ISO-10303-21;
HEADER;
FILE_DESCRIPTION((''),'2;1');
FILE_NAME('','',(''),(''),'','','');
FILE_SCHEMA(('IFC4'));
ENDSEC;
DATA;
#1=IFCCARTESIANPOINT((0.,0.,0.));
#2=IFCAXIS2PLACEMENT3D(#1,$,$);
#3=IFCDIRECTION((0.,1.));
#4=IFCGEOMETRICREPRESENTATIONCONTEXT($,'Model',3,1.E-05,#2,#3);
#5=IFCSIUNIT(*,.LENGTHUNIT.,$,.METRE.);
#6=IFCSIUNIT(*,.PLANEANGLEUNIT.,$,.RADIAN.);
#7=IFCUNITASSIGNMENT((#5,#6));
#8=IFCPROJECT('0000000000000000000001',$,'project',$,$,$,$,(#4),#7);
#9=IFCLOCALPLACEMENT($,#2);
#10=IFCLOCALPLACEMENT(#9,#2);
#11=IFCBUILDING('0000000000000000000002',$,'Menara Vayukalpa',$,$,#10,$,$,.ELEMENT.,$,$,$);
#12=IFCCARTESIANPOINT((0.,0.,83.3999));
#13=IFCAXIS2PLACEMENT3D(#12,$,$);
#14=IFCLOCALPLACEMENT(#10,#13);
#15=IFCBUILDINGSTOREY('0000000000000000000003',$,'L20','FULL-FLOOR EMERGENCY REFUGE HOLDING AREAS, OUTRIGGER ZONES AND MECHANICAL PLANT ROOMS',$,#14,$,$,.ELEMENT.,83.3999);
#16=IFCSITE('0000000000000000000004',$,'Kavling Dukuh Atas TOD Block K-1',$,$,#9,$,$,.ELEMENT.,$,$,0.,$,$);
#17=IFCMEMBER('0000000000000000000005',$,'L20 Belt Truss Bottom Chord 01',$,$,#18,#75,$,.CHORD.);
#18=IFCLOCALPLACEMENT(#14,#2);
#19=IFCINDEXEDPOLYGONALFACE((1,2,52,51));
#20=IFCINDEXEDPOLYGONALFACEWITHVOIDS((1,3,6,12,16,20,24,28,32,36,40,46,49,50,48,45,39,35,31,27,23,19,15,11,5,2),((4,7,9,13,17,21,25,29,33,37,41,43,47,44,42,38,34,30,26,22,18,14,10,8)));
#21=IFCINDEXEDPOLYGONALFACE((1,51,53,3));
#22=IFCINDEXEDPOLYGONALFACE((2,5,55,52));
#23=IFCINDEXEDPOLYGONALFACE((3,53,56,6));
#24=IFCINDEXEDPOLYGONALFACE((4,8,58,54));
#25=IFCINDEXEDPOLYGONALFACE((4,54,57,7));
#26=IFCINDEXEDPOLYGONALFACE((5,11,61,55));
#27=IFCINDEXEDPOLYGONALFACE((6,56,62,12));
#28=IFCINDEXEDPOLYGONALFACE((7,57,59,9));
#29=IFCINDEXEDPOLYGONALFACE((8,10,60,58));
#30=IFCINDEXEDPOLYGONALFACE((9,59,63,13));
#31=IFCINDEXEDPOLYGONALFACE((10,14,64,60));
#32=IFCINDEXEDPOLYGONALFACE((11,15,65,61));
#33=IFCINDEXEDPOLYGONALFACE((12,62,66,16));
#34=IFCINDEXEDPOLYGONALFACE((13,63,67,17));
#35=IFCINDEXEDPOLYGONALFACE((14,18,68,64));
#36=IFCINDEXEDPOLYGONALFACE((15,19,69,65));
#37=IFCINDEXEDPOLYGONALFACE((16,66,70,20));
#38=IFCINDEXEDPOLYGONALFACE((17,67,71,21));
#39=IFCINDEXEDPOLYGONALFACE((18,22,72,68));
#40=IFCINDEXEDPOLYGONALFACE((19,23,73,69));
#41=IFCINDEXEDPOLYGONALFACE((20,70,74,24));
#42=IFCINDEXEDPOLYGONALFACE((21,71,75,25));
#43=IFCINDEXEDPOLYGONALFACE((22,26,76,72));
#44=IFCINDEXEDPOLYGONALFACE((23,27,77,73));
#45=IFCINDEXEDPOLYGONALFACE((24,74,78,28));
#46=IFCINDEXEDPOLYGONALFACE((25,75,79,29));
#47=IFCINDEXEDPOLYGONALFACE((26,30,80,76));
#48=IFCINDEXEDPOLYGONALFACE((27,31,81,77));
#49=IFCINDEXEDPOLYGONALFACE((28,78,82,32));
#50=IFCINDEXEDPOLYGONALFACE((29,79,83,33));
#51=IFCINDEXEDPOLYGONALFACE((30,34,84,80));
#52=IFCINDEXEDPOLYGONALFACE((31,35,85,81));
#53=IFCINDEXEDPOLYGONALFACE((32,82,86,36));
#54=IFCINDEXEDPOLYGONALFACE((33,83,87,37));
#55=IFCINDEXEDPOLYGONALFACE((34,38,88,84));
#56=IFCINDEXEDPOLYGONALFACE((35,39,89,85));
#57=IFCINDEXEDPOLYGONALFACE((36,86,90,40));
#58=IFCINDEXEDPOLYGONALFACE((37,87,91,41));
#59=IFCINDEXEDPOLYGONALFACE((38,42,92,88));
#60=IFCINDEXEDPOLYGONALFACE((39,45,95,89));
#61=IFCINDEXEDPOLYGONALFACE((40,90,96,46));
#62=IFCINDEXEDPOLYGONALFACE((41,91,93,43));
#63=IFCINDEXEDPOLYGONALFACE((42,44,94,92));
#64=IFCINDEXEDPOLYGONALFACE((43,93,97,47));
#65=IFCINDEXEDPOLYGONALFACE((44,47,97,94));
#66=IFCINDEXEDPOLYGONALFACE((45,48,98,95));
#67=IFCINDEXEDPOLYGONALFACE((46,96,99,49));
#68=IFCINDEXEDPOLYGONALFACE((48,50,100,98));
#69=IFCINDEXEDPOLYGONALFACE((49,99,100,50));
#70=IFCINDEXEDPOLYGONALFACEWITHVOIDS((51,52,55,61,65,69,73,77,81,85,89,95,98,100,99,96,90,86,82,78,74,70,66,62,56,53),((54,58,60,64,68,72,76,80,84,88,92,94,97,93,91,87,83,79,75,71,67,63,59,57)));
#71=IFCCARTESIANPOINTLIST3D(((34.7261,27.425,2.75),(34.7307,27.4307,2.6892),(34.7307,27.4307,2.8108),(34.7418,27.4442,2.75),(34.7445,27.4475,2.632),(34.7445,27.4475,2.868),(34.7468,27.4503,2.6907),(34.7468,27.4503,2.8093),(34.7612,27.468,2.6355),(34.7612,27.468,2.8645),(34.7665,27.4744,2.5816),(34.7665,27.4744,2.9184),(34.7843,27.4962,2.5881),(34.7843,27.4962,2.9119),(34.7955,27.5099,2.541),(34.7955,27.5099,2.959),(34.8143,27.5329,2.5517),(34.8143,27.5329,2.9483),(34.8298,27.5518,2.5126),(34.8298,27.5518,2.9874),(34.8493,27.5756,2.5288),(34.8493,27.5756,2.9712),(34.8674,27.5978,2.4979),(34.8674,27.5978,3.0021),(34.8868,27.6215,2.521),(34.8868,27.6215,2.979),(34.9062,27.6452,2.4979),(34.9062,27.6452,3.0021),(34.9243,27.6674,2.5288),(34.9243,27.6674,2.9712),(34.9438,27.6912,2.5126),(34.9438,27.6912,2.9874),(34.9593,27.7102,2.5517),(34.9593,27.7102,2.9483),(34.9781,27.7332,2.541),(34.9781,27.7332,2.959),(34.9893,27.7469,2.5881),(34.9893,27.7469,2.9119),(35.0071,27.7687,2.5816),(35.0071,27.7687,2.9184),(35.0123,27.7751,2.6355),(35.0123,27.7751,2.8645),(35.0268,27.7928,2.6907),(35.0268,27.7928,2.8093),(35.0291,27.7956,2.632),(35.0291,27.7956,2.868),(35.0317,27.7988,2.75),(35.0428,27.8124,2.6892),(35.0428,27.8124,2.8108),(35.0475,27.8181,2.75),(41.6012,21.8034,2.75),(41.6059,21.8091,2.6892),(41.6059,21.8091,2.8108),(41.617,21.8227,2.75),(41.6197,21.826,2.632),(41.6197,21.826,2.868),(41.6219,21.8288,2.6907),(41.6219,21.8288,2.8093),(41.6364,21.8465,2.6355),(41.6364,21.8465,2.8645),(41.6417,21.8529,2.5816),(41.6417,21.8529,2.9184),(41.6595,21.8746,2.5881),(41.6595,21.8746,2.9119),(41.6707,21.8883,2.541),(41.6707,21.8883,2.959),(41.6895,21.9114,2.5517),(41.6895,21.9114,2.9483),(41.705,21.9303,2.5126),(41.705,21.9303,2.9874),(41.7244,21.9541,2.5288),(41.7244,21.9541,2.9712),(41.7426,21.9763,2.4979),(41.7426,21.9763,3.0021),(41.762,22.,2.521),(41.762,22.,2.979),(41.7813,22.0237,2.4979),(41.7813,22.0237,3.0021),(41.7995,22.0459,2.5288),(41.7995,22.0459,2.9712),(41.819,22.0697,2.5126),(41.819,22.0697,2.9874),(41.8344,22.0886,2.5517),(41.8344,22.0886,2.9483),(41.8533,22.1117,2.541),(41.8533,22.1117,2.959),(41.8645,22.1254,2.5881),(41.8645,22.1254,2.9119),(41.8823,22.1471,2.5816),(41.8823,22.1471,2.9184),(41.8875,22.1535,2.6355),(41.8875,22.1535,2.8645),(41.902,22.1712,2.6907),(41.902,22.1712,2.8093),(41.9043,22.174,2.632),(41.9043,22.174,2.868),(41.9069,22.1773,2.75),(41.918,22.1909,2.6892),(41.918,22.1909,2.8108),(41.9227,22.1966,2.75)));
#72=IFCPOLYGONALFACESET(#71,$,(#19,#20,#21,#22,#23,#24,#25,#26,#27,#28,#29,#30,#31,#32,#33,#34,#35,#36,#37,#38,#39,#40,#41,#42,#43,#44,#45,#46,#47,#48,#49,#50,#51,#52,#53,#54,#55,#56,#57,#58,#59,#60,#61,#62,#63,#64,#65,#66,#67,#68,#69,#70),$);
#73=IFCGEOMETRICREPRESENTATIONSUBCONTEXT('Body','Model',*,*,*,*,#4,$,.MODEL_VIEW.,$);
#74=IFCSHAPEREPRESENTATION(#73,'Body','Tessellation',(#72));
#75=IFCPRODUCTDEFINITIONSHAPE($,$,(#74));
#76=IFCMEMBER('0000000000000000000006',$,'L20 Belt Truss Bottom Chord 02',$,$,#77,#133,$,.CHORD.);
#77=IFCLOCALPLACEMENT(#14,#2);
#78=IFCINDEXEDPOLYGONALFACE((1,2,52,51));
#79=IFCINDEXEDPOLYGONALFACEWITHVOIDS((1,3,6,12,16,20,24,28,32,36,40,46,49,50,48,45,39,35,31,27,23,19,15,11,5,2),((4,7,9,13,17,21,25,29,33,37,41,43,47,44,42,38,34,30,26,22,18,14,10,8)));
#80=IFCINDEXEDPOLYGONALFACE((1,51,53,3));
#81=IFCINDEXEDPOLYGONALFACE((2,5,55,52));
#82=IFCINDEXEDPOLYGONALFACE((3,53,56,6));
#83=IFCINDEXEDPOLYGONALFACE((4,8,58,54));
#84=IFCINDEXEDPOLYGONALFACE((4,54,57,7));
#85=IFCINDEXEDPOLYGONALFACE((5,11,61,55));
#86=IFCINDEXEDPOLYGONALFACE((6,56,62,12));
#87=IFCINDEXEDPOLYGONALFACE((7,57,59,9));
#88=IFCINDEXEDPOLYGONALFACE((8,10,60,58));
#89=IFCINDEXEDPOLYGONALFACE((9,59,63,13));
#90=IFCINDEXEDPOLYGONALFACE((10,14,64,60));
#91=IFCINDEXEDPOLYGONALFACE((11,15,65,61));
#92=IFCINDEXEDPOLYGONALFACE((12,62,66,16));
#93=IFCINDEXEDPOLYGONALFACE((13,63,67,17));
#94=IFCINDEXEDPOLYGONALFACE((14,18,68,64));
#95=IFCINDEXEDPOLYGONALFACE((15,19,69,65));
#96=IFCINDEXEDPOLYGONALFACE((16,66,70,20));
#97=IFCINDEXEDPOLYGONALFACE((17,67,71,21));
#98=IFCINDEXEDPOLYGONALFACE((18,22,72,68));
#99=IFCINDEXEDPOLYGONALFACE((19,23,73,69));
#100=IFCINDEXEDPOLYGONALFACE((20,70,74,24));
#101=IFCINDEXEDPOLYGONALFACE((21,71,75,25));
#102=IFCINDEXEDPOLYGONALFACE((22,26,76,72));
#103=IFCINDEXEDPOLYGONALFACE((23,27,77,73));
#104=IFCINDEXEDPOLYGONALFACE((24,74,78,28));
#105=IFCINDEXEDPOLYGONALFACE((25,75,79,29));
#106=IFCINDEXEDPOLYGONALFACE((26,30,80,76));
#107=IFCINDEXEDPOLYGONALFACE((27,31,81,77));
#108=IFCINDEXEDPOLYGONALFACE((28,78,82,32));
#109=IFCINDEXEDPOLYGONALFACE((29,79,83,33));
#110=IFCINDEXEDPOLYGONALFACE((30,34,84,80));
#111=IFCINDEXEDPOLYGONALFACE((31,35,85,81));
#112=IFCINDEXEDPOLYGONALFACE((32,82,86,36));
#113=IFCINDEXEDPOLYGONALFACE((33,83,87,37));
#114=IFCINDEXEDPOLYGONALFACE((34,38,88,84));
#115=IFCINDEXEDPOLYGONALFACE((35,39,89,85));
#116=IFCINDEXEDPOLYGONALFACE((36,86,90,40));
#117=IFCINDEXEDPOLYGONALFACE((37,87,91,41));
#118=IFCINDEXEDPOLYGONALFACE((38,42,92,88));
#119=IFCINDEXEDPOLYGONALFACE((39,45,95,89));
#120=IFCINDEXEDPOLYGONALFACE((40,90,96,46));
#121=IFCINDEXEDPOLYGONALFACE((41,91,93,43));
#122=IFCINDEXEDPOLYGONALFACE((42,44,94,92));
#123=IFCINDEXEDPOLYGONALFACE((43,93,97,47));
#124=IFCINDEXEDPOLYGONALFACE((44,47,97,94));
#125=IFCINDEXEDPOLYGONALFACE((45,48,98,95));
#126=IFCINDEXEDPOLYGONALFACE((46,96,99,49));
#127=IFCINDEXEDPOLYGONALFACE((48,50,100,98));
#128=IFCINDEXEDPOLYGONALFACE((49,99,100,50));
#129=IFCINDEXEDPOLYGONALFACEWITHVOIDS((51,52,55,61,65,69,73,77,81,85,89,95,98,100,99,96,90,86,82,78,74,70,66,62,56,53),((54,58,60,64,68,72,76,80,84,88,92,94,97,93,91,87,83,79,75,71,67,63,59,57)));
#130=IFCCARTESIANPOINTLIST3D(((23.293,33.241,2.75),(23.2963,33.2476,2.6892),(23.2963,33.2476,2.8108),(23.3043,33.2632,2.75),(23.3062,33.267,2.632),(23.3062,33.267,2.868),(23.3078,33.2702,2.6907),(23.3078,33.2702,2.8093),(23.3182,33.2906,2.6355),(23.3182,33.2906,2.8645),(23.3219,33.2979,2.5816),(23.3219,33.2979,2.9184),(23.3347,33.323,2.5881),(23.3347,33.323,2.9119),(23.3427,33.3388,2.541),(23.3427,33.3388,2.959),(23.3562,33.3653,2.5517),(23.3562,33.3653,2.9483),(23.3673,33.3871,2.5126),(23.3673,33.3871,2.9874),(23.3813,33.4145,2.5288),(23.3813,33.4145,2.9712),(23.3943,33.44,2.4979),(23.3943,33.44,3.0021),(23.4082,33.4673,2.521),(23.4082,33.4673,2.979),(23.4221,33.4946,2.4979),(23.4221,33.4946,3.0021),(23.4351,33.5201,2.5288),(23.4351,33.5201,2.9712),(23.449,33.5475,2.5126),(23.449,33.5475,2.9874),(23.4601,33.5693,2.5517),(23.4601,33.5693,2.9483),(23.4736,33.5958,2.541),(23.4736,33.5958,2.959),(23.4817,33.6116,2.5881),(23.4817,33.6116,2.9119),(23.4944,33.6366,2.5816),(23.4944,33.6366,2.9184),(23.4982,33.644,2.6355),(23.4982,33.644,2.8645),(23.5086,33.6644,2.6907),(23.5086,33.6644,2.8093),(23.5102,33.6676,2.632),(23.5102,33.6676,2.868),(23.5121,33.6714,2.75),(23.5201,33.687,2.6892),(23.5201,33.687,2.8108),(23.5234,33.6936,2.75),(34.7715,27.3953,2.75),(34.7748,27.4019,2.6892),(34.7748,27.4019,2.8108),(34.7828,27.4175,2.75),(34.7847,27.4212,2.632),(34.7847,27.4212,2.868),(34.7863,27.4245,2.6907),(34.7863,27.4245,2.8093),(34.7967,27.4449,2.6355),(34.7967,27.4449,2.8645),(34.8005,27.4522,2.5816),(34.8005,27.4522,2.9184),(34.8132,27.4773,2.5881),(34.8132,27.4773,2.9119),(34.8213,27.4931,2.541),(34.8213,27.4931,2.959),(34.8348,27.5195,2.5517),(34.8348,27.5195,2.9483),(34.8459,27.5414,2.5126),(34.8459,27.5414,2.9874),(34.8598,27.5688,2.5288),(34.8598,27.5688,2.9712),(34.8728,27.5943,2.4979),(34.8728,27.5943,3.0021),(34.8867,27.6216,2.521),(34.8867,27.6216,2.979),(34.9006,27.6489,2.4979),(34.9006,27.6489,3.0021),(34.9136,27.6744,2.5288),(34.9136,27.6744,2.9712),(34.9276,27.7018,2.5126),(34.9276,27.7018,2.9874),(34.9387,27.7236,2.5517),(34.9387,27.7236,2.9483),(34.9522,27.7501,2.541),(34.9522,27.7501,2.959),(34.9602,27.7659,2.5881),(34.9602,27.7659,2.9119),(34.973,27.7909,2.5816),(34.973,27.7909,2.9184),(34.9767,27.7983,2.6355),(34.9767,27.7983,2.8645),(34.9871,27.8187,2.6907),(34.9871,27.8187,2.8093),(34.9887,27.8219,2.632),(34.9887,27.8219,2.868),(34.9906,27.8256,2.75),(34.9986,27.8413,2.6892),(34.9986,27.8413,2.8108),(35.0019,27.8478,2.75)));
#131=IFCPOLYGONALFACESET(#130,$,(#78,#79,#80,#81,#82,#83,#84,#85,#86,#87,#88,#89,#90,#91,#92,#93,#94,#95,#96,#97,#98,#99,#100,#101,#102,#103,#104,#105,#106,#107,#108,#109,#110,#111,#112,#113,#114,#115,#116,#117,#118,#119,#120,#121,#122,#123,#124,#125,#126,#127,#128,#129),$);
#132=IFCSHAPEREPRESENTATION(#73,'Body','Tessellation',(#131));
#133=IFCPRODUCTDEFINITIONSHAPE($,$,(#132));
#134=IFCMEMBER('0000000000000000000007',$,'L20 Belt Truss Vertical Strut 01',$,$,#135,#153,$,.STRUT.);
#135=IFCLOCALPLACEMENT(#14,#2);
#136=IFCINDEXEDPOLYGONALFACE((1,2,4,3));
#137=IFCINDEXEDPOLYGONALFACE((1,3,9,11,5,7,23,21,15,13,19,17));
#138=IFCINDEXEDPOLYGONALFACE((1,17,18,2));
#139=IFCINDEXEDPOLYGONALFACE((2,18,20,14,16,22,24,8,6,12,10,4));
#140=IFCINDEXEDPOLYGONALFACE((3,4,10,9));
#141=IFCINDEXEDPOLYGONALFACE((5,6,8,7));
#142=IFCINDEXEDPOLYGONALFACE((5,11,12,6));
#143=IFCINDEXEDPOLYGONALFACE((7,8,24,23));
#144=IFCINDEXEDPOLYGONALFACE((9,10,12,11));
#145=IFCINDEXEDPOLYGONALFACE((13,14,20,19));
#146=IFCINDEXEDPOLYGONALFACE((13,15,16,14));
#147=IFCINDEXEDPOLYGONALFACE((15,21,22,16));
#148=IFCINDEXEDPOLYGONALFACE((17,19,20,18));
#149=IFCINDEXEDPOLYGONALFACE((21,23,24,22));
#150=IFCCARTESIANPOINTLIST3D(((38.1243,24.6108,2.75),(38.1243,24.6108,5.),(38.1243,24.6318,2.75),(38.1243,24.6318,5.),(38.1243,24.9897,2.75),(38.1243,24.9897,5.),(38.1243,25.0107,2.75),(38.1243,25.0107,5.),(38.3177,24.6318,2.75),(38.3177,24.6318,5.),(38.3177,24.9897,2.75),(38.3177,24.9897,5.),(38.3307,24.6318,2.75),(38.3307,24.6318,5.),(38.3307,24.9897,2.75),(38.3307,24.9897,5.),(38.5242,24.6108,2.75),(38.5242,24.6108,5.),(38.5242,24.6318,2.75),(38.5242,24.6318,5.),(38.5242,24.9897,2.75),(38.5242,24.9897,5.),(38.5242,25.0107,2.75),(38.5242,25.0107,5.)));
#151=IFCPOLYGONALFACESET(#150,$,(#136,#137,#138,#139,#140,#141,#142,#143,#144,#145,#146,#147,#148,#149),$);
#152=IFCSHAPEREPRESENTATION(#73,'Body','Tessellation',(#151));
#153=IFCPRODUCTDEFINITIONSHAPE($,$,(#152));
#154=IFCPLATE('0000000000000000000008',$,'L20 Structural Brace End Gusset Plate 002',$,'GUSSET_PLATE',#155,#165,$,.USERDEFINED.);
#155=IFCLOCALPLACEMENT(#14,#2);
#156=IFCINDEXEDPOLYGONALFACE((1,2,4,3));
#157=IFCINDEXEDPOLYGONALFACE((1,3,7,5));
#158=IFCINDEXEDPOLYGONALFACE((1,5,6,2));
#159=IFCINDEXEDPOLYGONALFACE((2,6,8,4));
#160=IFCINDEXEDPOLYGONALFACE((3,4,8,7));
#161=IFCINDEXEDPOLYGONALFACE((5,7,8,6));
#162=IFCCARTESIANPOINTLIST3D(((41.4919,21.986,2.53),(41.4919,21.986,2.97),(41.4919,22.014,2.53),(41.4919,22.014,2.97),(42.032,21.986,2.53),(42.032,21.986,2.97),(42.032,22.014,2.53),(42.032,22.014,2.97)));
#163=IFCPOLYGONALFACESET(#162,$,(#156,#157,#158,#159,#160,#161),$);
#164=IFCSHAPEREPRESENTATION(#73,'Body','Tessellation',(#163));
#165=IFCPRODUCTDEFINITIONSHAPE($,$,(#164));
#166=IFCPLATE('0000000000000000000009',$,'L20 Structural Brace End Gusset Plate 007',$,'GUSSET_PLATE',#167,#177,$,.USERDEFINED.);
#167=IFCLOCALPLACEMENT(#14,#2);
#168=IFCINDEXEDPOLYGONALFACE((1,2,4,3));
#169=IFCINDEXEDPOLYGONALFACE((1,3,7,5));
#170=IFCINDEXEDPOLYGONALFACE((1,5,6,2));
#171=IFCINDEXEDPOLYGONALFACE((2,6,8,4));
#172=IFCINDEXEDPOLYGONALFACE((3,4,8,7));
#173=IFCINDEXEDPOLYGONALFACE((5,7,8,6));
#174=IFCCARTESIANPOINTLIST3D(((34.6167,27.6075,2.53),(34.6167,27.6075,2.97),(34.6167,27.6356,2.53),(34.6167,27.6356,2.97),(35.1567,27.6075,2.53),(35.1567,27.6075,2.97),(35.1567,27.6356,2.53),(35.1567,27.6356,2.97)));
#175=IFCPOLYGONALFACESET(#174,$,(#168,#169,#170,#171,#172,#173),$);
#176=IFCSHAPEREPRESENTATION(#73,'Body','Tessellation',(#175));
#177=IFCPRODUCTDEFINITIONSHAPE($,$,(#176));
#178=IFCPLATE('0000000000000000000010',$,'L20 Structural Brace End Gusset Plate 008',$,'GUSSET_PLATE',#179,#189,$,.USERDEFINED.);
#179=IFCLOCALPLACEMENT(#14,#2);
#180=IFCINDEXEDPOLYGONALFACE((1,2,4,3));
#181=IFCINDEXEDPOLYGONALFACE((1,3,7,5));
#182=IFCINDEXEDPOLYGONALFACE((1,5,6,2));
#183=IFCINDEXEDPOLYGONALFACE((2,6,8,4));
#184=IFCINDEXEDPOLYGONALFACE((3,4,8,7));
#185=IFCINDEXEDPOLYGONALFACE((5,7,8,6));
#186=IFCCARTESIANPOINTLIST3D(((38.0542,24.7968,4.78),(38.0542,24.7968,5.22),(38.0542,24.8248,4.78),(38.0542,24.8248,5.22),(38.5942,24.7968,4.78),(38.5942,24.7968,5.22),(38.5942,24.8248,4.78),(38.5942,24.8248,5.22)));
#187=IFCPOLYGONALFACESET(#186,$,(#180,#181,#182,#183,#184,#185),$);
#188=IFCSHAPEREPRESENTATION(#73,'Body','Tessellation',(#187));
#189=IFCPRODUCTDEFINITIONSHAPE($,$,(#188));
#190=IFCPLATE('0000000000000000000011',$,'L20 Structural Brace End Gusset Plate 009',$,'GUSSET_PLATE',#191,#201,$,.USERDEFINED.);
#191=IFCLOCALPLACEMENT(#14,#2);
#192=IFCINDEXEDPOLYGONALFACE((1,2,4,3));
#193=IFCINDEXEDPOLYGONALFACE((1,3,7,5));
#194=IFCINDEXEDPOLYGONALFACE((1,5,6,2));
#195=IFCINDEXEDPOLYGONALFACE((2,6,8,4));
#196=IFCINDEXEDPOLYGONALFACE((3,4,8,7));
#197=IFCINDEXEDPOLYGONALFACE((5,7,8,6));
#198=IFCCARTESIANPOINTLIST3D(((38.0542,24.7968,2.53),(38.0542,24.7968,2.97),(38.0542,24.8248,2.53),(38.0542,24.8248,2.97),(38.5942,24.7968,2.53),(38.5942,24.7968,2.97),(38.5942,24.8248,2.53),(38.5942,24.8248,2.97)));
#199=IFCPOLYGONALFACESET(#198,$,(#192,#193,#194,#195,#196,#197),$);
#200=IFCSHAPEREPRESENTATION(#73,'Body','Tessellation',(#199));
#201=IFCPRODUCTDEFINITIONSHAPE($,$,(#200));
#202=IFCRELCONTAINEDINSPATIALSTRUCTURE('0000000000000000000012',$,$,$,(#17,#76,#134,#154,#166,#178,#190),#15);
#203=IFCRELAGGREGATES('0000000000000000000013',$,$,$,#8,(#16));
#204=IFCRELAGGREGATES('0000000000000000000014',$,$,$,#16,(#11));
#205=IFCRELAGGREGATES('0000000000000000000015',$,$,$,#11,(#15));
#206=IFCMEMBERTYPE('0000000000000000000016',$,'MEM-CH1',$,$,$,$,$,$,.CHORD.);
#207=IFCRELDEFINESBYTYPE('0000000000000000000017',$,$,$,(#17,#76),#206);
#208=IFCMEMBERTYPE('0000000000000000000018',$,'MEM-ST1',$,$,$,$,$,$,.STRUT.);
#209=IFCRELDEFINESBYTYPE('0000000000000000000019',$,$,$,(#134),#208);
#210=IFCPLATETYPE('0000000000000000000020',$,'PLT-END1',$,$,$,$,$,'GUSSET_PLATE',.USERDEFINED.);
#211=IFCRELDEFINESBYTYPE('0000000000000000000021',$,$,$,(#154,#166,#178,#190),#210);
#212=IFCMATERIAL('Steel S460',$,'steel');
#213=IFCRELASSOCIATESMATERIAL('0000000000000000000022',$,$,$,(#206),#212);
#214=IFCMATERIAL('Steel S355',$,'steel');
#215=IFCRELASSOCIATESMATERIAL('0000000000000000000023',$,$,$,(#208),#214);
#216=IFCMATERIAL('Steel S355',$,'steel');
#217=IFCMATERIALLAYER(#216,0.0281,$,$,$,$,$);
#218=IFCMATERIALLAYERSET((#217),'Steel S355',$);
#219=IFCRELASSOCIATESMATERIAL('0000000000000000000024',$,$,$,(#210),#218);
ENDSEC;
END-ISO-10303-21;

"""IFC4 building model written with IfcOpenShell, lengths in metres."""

from ifc_helpers import new_model, si_unit, direction, frame, origin, origin_2d, place, context, subcontext, project, spatial, rectangle, hollow_circle, i_section, extrude, material, layer, layer_set, material_profile, profile_set, type_object, element, save


model = new_model("IFC4")

# Units and contexts
model_context = context("Model", 3, precision=1e-05, world=origin(), true_north=direction((0.0, 1.0)))
body_context = subcontext(model_context, "Body", "Model", "MODEL_VIEW")
ifc_project = project(units=[si_unit("LENGTHUNIT", "METRE"), si_unit("PLANEANGLEUNIT", "RADIAN")], contexts=[model_context])

# Site, building, storey
site_placement = place(None, origin())
site = spatial("IfcSite", under=ifc_project, at=site_placement, Name="Kavling Dukuh Atas TOD Block K-1", CompositionType="ELEMENT", RefElevation=0.0)
building_placement = place(site_placement, origin())
building = spatial("IfcBuilding", under=site, at=building_placement, Name="Menara Vayukalpa", CompositionType="ELEMENT")
storey_placement = place(building_placement, frame((0.0, 0.0, 83.3999)))
storey = spatial("IfcBuildingStorey", under=building, at=storey_placement, Name="L20", Description="FULL-FLOOR EMERGENCY REFUGE HOLDING AREAS, OUTRIGGER ZONES AND MECHANICAL PLANT ROOMS", CompositionType="ELEMENT", Elevation=83.3999)

# Members
ifc_material_1 = material(Name="Steel S460", Category="steel")
ifc_material_profile_1 = material_profile(ifc_material_1, hollow_circle(Radius=0.2539, WallThickness=0.0249, at=origin_2d()), Name="CHS 508.0x25")
ifc_profile_set_1 = profile_set([ifc_material_profile_1], Name="Steel S460")
member_type_1 = type_object("IfcMemberType", Name="MEM-CH1", PredefinedType="CHORD", material=ifc_profile_set_1)
member_1_placement = place(storey_placement, frame((41.762, 22.0, 2.75), z_axis=(-0.774157, 0.632994, 0.0), x_axis=(-0.632994, -0.774157, 0.0)))
element("IfcMember", 1, at=member_1_placement, inside=storey, type_object=member_type_1, Name="L20 Belt Truss Bottom Chord 01", PredefinedType="CHORD", context=body_context, shape_type="SweptSolid", body=[
    extrude(hollow_circle(Radius=0.2539, WallThickness=0.0249, at=origin_2d()), origin(), (0.0, 0.0, 1.0), 8.8809),
])
member_2_placement = place(storey_placement, frame((34.8867, 27.6216, 2.75), z_axis=(-0.891097, 0.453812, 0.0), x_axis=(-0.453812, -0.891097, 0.0)))
element("IfcMember", 2, at=member_2_placement, inside=storey, type_object=member_type_1, Name="L20 Belt Truss Bottom Chord 02", PredefinedType="CHORD", context=body_context, shape_type="SweptSolid", body=[
    extrude(hollow_circle(Radius=0.2539, WallThickness=0.0249, at=origin_2d()), origin(), (0.0, 0.0, 1.0), 12.8813),
])
ifc_material_2 = material(Name="Steel S355", Category="steel")
ifc_material_profile_2 = material_profile(ifc_material_2, i_section(OverallWidth=0.3999, OverallDepth=0.3999, WebThickness=0.0129, FlangeThickness=0.021, at=origin_2d()), Name="H 400x400x13x21")
ifc_profile_set_2 = profile_set([ifc_material_profile_2], Name="Steel S355")
member_type_2 = type_object("IfcMemberType", Name="MEM-ST1", PredefinedType="STRUT", material=ifc_profile_set_2)
member_3_placement = place(storey_placement, frame((38.3242, 24.8108, 2.75), z_axis=(0.0, 0.0, 1.0), x_axis=(1.0, 0.0, 0.0)))
element("IfcMember", 3, at=member_3_placement, inside=storey, type_object=member_type_2, Name="L20 Belt Truss Vertical Strut 01", PredefinedType="STRUT", context=body_context, shape_type="SweptSolid", body=[
    extrude(i_section(OverallWidth=0.3999, OverallDepth=0.3999, WebThickness=0.0129, FlangeThickness=0.021, at=origin_2d()), origin(), (0.0, 0.0, 1.0), 2.25),
])

# Plates
ifc_material_3 = material(Name="Steel S355", Category="steel")
ifc_layer_1 = layer(ifc_material_3, 0.0281)
ifc_layer_set_1 = layer_set([ifc_layer_1], Name="Steel S355")
plate_type_1 = type_object("IfcPlateType", Name="PLT-END1", ElementType="GUSSET_PLATE", PredefinedType="USERDEFINED", material=ifc_layer_set_1)
for number, where, z_axis, x_axis, name in (
    (4, (41.762, 22.0, 2.53), (0.0, 0.0, 1.0), (1.0, 0.0, 0.0), "L20 Structural Brace End Gusset Plate 002"),
    (5, (34.8867, 27.6216, 2.53), (0.0, 0.0, 1.0), (1.0, 0.0, 0.0), "L20 Structural Brace End Gusset Plate 007"),
    (6, (38.3242, 24.8108, 4.78), (0.0, 0.0, 1.0), (1.0, 0.0, 0.0), "L20 Structural Brace End Gusset Plate 008"),
    (7, (38.3242, 24.8108, 2.53), (0.0, 0.0, 1.0), (1.0, 0.0, 0.0), "L20 Structural Brace End Gusset Plate 009"),
):
    element("IfcPlate", number, at=place(storey_placement, frame(where, z_axis=z_axis, x_axis=x_axis)), inside=storey, type_object=plate_type_1, Name=name, ObjectType="GUSSET_PLATE", PredefinedType="USERDEFINED", context=body_context, shape_type="SweptSolid", body=[
        extrude(rectangle(XDim=0.54, YDim=0.0281, at=origin_2d()), origin(), (0.0, 0.0, 1.0), 0.4399),
    ])

save(model, "model.ifc")
